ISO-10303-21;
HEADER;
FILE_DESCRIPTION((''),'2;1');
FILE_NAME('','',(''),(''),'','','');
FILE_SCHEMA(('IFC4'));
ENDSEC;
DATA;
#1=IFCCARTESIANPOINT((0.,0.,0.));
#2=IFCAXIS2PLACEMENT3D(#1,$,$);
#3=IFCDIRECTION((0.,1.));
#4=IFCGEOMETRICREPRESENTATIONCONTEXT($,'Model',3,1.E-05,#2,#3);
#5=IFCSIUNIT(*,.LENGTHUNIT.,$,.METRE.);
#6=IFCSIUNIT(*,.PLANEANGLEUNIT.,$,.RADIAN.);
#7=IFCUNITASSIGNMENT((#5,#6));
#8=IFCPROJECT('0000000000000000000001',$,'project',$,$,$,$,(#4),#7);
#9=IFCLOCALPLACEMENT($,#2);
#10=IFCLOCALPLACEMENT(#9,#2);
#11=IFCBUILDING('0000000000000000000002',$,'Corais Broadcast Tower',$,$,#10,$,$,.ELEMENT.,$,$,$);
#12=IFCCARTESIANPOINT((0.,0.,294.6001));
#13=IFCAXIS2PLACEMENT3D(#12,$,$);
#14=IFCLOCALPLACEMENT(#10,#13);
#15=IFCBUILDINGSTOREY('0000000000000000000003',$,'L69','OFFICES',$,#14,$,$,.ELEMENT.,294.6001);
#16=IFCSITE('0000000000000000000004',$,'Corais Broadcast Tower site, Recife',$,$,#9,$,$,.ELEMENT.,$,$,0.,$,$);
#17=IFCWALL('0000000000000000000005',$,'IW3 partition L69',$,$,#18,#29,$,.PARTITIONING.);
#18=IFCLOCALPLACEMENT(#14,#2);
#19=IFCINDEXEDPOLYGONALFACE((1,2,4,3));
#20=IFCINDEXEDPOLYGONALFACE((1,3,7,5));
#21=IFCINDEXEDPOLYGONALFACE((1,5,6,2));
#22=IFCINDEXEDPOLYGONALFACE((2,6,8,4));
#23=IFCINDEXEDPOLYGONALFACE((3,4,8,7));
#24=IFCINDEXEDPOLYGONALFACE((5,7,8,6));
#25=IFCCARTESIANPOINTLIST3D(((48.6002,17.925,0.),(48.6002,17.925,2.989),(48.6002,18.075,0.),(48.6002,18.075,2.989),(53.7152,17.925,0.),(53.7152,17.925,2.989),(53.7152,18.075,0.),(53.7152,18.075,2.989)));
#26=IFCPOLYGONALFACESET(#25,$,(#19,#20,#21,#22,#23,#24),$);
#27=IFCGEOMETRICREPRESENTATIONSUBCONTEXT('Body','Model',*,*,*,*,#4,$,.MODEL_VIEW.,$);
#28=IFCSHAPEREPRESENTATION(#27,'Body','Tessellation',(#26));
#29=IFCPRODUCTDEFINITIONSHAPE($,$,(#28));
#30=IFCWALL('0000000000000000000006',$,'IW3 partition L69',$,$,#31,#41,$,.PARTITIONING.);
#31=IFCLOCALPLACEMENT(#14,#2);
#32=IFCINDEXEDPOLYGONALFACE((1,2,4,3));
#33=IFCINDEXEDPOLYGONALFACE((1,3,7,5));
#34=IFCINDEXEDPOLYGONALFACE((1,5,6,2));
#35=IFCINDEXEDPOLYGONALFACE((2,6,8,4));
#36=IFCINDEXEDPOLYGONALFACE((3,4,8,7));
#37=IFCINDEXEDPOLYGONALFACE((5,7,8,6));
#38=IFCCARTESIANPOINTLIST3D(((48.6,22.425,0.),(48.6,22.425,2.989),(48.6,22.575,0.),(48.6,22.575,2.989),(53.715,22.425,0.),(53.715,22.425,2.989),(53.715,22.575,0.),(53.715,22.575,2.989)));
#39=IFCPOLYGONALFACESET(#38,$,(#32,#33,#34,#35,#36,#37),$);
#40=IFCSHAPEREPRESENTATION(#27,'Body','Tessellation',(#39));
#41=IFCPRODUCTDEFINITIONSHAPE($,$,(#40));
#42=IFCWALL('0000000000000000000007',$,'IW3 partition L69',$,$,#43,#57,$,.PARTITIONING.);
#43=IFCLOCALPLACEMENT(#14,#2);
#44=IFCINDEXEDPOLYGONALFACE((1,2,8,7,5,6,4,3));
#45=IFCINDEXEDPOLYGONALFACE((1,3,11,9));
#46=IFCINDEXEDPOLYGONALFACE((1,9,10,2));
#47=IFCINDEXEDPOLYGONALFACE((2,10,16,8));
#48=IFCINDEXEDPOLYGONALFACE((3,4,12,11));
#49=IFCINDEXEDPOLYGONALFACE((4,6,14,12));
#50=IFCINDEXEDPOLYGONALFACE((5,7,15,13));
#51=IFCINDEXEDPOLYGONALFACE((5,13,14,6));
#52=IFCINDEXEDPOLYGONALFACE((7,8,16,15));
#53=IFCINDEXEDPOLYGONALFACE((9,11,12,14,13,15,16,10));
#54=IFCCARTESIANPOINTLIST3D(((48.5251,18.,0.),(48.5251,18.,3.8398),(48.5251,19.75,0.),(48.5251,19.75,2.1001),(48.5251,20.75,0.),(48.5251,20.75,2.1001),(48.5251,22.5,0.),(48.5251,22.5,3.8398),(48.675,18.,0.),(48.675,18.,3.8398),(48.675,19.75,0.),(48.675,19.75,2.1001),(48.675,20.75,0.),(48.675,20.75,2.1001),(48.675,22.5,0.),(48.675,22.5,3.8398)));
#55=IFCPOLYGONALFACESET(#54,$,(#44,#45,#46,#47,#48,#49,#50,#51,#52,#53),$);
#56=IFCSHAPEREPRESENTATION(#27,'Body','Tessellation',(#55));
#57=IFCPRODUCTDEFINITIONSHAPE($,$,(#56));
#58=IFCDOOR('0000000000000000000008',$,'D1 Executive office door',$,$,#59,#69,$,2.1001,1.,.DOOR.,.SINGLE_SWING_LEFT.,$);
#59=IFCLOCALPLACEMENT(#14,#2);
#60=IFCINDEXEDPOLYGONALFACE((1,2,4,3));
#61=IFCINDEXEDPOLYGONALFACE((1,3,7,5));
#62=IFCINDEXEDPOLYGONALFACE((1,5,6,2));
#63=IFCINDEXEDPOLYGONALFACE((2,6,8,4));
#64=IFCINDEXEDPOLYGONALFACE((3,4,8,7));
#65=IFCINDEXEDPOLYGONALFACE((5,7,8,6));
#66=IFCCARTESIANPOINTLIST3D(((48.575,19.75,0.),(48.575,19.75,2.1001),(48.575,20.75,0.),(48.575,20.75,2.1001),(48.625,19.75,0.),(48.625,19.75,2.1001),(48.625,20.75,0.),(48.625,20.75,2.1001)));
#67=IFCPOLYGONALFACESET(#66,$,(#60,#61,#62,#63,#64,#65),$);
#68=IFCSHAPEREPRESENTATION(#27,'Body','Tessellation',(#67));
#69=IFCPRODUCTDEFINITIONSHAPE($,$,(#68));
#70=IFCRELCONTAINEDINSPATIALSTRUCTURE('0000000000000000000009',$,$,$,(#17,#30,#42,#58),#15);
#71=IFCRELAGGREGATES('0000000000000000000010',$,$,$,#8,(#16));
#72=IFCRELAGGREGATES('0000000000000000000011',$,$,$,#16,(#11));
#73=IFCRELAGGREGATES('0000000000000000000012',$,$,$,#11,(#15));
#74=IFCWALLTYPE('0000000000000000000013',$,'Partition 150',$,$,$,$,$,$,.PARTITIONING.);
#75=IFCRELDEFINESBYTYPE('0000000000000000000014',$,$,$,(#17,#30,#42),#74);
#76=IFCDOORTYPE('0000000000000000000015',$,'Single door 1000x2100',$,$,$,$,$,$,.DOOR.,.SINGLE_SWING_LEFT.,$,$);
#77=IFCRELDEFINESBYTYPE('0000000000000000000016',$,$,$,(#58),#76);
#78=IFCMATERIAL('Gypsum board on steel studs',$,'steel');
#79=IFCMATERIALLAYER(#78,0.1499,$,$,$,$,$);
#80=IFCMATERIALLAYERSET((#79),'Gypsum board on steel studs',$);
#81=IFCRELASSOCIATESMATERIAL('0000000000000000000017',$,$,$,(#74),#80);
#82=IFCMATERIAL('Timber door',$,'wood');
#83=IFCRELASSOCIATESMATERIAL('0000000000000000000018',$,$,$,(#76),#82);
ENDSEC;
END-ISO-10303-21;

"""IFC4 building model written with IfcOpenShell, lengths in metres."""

from ifc_helpers import new_model, si_unit, direction, frame, frame_2d, origin, place, context, subcontext, project, spatial, rectangle, extrude, material, layer, layer_set, type_object, element, fill, save


model = new_model("IFC4")

# Units and contexts
model_context = context("Model", 3, precision=1e-05, world=origin(), true_north=direction((0.0, 1.0)))
body_context = subcontext(model_context, "Body", "Model", "MODEL_VIEW")
ifc_project = project(units=[si_unit("LENGTHUNIT", "METRE"), si_unit("PLANEANGLEUNIT", "RADIAN")], contexts=[model_context])

# Site, building, storey
site_placement = place(None, origin())
site = spatial("IfcSite", under=ifc_project, at=site_placement, Name="Corais Broadcast Tower site, Recife", CompositionType="ELEMENT", RefElevation=0.0)
building_placement = place(site_placement, origin())
building = spatial("IfcBuilding", under=site, at=building_placement, Name="Corais Broadcast Tower", CompositionType="ELEMENT")
storey_placement = place(building_placement, frame((0.0, 0.0, 294.6001)))
storey = spatial("IfcBuildingStorey", under=building, at=storey_placement, Name="L69", Description="OFFICES", CompositionType="ELEMENT", Elevation=294.6001)

# Walls
ifc_material_1 = material(Name="Gypsum board on steel studs", Category="steel")
ifc_layer_1 = layer(ifc_material_1, 0.1499)
ifc_layer_set_1 = layer_set([ifc_layer_1], Name="Gypsum board on steel studs")
wall_type = type_object("IfcWallType", Name="Partition 150", PredefinedType="PARTITIONING", material=ifc_layer_set_1)
for number, where, z_axis, x_axis, name in (
    (1, (48.6001, 18.0, 0.0), (0.0, 0.0, 1.0), (1.0, 0.0, 0.0), "IW3 partition L69"),
    (2, (53.7151, 22.5, 0.0), (0.0, 0.0, 1.0), (-1.0, 0.0, 0.0), "IW3 partition L69"),
):
    element("IfcWall", number, at=place(storey_placement, frame(where, z_axis=z_axis, x_axis=x_axis)), inside=storey, type_object=wall_type, Name=name, PredefinedType="PARTITIONING", context=body_context, shape_type="SweptSolid", body=[
        extrude(rectangle(XDim=5.115, YDim=0.1499, at=frame_2d((2.5576, 0.0))), origin(), (0.0, 0.0, 1.0), 2.989),
    ])

# Wall, opening, door
wall_placement = place(storey_placement, frame((48.6001, 22.5, 0.0), z_axis=(0.0, 0.0, 1.0), x_axis=(0.0, -1.0, 0.0)))
wall = element("IfcWall", 3, at=wall_placement, inside=storey, type_object=wall_type, Name="IW3 partition L69", PredefinedType="PARTITIONING", context=body_context, shape_type="SweptSolid", body=[
    extrude(rectangle(XDim=4.5, YDim=0.1499, at=frame_2d((2.25, 0.0))), origin(), (0.0, 0.0, 1.0), 3.8398),
])
opening_placement = place(wall_placement, frame((1.75, 0.0, 0.0)))
opening = element("IfcOpeningElement", 4, at=opening_placement, cuts=wall, PredefinedType="OPENING", context=body_context, shape_type="SweptSolid", body=[
    extrude(rectangle(XDim=1.0, YDim=2.1001, at=frame_2d((0.5, 1.05))), frame((0.0, 0.085, 0.0), z_axis=(0.0, -1.0, 0.0), x_axis=(1.0, 0.0, 0.0)), (0.0, 0.0, 1.0), 0.1699),
])
ifc_material_2 = material(Name="Timber door", Category="wood")
door_type = type_object("IfcDoorType", Name="Single door 1000x2100", OperationType="SINGLE_SWING_LEFT", PredefinedType="DOOR", material=ifc_material_2)
door_placement = place(opening_placement, origin())
door = element("IfcDoor", 5, at=door_placement, inside=storey, type_object=door_type, Name="D1 Executive office door", OperationType="SINGLE_SWING_LEFT", OverallHeight=2.1001, OverallWidth=1.0, PredefinedType="DOOR", context=body_context, shape_type="SweptSolid", body=[
    extrude(rectangle(XDim=1.0, YDim=2.1001, at=frame_2d((0.5, 1.05))), frame((0.0, 0.0249, 0.0), z_axis=(0.0, -1.0, 0.0), x_axis=(1.0, 0.0, 0.0)), (0.0, 0.0, 1.0), 0.05),
])
fill(opening, door)

save(model, "model.ifc")
